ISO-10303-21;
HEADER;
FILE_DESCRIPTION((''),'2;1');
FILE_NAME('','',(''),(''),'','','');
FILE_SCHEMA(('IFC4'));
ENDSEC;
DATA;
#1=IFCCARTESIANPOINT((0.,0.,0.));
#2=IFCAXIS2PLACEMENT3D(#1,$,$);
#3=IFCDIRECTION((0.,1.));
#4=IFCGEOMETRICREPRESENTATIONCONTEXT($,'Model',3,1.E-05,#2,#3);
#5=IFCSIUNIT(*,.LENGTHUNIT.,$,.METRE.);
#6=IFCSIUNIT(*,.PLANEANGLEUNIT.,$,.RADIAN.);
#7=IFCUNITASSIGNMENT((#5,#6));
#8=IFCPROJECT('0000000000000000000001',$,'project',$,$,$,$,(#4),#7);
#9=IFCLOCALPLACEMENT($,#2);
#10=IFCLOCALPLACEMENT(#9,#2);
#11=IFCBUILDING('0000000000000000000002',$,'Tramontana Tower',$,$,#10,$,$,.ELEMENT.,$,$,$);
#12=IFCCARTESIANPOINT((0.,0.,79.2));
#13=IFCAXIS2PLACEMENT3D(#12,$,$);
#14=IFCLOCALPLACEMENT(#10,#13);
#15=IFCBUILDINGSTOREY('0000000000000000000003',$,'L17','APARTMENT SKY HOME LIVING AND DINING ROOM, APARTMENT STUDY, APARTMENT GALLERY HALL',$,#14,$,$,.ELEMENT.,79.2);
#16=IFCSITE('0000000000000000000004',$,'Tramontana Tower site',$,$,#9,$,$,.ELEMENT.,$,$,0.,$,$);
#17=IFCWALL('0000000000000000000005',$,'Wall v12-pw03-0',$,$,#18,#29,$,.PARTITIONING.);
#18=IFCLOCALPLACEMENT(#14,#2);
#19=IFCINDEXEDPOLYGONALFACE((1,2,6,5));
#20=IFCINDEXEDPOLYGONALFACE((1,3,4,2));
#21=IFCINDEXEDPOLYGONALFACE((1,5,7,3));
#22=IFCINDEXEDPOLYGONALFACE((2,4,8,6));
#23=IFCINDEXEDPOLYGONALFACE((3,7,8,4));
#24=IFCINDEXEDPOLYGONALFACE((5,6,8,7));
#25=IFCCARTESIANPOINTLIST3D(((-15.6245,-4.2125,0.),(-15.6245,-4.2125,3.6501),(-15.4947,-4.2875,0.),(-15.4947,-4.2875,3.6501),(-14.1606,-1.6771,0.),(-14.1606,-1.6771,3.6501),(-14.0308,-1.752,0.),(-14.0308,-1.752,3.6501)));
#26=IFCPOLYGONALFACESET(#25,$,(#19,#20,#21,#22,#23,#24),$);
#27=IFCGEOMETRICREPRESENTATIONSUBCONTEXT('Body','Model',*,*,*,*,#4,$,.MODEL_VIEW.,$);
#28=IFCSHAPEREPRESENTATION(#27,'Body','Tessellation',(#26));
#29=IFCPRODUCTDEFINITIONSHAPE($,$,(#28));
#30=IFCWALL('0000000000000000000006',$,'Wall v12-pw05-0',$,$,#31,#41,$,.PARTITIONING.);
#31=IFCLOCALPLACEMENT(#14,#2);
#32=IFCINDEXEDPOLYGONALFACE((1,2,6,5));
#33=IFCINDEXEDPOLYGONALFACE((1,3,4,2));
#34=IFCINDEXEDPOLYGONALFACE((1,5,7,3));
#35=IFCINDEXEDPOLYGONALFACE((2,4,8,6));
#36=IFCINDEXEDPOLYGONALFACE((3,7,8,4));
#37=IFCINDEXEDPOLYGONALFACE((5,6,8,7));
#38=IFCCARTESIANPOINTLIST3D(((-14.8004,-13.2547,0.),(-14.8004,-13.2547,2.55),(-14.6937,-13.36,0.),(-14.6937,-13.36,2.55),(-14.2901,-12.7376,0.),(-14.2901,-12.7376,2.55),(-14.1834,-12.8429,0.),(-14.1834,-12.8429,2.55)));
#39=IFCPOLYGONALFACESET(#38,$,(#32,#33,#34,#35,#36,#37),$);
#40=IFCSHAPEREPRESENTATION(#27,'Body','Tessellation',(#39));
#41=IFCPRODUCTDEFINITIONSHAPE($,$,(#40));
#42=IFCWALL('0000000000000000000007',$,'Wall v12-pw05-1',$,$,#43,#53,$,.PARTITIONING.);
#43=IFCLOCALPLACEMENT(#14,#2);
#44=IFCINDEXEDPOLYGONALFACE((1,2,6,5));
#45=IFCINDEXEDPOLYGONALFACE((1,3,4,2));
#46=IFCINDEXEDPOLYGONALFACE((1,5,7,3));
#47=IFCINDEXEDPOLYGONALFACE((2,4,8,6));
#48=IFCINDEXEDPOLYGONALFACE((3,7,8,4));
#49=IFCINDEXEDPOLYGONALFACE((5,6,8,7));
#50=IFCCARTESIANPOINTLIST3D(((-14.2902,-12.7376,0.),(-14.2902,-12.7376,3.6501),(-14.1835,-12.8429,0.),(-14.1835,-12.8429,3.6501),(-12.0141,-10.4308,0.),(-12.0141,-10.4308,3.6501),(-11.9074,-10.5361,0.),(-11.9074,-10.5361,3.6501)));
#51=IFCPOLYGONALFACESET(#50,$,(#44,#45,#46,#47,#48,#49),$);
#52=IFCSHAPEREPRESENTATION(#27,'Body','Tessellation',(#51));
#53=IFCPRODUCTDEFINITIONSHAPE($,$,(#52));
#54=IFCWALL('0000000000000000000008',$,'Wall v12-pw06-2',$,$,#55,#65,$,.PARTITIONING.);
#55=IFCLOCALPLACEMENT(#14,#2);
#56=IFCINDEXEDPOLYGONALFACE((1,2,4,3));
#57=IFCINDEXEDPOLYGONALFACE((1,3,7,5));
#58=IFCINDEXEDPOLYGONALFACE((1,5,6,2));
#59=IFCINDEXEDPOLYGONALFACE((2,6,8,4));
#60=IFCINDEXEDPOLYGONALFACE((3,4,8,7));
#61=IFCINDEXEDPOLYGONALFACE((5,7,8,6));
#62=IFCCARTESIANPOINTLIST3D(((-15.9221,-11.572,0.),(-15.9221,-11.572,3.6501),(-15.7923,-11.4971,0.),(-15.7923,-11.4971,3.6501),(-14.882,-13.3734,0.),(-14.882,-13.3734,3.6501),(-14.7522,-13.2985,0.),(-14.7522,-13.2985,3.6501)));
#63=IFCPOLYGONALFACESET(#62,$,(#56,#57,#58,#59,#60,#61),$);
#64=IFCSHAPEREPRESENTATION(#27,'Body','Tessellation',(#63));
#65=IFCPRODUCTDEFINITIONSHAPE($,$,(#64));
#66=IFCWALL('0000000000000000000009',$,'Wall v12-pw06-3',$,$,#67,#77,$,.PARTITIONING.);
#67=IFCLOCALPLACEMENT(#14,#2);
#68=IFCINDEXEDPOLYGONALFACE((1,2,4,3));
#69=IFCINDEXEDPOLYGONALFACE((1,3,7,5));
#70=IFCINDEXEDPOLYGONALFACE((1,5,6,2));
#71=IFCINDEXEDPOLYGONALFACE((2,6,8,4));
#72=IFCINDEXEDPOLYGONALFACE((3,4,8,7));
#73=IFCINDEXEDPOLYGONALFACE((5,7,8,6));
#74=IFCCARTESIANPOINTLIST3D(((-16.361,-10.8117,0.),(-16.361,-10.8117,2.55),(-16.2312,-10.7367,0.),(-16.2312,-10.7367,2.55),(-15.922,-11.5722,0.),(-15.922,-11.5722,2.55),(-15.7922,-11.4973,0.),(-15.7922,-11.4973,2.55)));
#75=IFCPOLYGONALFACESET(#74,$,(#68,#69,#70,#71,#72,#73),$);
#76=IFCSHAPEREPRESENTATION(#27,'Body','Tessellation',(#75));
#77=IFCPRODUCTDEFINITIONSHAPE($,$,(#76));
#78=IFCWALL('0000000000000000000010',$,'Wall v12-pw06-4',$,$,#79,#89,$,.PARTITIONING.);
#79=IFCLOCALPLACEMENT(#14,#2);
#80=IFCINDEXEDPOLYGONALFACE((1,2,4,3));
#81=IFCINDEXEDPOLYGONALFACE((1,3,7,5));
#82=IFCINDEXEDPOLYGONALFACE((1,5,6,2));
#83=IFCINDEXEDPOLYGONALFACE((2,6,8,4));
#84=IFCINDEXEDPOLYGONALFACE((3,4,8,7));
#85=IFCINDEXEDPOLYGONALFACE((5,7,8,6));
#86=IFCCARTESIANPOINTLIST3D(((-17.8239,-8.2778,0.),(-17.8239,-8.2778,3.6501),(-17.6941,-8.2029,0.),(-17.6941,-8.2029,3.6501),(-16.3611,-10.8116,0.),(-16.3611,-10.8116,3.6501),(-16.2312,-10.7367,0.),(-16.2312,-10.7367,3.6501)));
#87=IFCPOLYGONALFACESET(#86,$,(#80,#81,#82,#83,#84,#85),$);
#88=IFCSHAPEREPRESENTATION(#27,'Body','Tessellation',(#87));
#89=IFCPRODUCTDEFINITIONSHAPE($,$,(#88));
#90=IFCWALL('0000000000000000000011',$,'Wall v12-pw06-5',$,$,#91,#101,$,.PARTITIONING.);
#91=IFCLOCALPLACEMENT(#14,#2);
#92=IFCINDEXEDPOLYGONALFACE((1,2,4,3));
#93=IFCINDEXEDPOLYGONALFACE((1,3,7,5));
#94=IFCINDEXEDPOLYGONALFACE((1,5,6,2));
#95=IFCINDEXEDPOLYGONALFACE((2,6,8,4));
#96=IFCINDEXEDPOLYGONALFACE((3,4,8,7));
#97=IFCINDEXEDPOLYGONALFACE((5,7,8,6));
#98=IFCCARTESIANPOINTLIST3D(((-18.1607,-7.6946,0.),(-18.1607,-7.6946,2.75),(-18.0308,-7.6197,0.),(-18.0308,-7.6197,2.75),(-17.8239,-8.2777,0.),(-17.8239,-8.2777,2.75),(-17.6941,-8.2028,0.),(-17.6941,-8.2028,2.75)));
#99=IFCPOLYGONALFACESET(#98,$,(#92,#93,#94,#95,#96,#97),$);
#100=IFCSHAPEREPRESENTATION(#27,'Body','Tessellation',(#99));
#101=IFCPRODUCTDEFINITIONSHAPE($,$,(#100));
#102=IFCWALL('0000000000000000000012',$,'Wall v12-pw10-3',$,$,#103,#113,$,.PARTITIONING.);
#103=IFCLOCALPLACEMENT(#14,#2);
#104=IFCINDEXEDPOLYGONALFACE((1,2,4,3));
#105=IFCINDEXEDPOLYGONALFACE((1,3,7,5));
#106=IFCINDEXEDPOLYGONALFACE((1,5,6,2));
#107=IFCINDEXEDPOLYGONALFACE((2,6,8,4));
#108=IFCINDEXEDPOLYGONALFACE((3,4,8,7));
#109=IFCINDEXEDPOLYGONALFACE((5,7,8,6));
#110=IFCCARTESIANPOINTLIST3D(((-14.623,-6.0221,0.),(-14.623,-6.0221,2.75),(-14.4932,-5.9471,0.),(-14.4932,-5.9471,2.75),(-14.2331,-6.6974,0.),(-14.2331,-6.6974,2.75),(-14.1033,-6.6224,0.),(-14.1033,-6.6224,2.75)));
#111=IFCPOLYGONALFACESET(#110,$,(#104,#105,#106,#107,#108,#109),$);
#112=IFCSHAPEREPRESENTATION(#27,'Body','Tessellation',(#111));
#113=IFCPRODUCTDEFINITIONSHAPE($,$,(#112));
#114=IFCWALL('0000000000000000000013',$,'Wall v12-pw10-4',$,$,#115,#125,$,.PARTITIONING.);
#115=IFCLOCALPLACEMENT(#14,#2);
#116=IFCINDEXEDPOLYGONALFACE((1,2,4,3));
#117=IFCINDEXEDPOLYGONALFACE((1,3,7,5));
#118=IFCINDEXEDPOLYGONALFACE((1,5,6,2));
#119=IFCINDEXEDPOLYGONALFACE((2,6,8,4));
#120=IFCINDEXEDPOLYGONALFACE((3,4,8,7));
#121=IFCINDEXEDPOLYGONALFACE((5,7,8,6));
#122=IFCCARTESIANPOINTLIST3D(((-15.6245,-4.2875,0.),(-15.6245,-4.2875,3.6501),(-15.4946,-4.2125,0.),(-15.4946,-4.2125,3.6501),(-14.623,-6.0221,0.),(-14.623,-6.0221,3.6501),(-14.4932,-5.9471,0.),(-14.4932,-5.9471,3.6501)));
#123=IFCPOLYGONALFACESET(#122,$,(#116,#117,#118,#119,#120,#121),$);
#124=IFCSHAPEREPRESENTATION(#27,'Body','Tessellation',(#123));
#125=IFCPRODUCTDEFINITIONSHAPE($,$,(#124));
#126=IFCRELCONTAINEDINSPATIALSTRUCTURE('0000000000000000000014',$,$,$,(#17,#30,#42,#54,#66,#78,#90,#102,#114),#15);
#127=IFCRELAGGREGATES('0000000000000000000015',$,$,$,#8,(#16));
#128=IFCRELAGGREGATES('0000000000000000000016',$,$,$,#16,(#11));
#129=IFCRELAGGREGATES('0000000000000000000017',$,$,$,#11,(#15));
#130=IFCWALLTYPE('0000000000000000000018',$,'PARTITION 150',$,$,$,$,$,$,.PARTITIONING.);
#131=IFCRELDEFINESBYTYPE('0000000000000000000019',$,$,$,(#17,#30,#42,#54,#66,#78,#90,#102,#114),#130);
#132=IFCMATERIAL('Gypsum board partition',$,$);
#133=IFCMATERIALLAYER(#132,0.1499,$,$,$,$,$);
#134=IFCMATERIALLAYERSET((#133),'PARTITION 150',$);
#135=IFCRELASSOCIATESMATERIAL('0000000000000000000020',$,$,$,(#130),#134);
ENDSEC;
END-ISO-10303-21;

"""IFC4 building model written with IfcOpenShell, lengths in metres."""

from ifc_helpers import new_model, si_unit, direction, frame, frame_2d, origin, place, context, subcontext, project, spatial, rectangle, extrude, material, layer, layer_set, type_object, element, save


model = new_model("IFC4")

# Units and contexts
model_context = context("Model", 3, precision=1e-05, world=origin(), true_north=direction((0.0, 1.0)))
body_context = subcontext(model_context, "Body", "Model", "MODEL_VIEW")
ifc_project = project(units=[si_unit("LENGTHUNIT", "METRE"), si_unit("PLANEANGLEUNIT", "RADIAN")], contexts=[model_context])

# Site, building, storey
site_placement = place(None, origin())
site = spatial("IfcSite", under=ifc_project, at=site_placement, Name="Tramontana Tower site", CompositionType="ELEMENT", RefElevation=0.0)
building_placement = place(site_placement, origin())
building = spatial("IfcBuilding", under=site, at=building_placement, Name="Tramontana Tower", CompositionType="ELEMENT")
storey_placement = place(building_placement, frame((0.0, 0.0, 79.2)))
storey = spatial("IfcBuildingStorey", under=building, at=storey_placement, Name="L17", Description="APARTMENT SKY HOME LIVING AND DINING ROOM, APARTMENT STUDY, APARTMENT GALLERY HALL", CompositionType="ELEMENT", Elevation=79.2)

# Walls
ifc_material_1 = material(Name="Gypsum board partition")
ifc_layer_1 = layer(ifc_material_1, 0.1499)
ifc_layer_set_1 = layer_set([ifc_layer_1], Name="PARTITION 150")
wall_type_1 = type_object("IfcWallType", Name="PARTITION 150", PredefinedType="PARTITIONING", material=ifc_layer_set_1)
wall_1_placement = place(storey_placement, frame((-15.5596, -4.25, 0.0), z_axis=(0.0, 0.0, 1.0), x_axis=(0.500014, 0.866018, 0.0)))
element("IfcWall", 1, at=wall_1_placement, inside=storey, type_object=wall_type_1, Name="Wall v12-pw03-0", PredefinedType="PARTITIONING", context=body_context, shape_type="SweptSolid", body=[
    extrude(rectangle(XDim=2.9277, YDim=0.1499, at=frame_2d((1.4639, 0.0))), origin(), (0.0, 0.0, 1.0), 3.6501),
])
wall_2_placement = place(storey_placement, frame((-14.7471, -13.3074, 0.0), z_axis=(0.0, 0.0, 1.0), x_axis=(0.702386, 0.711796, 0.0)))
element("IfcWall", 2, at=wall_2_placement, inside=storey, type_object=wall_type_1, Name="Wall v12-pw05-0", PredefinedType="PARTITIONING", context=body_context, shape_type="SweptSolid", body=[
    extrude(rectangle(XDim=0.7266, YDim=0.1499, at=frame_2d((0.3633, 0.0))), origin(), (0.0, 0.0, 1.0), 2.55),
])
wall_3_placement = place(storey_placement, frame((-14.2368, -12.7903, 0.0), z_axis=(0.0, 0.0, 1.0), x_axis=(0.702345, 0.711837, 0.0)))
element("IfcWall", 3, at=wall_3_placement, inside=storey, type_object=wall_type_1, Name="Wall v12-pw05-1", PredefinedType="PARTITIONING", context=body_context, shape_type="SweptSolid", body=[
    extrude(rectangle(XDim=3.2407, YDim=0.1499, at=frame_2d((1.6204, 0.0))), origin(), (0.0, 0.0, 1.0), 3.6501),
])

# Walls
wall_4_placement = place(storey_placement, frame((-14.8171, -13.3359, 0.0), z_axis=(0.0, 0.0, 1.0), x_axis=(-0.500027, 0.86601, 0.0)))
element("IfcWall", 4, at=wall_4_placement, inside=storey, type_object=wall_type_1, Name="Wall v12-pw06-2", PredefinedType="PARTITIONING", context=body_context, shape_type="SweptSolid", body=[
    extrude(rectangle(XDim=2.0801, YDim=0.1499, at=frame_2d((1.04, 0.0))), origin(), (0.0, 0.0, 1.0), 3.6501),
])
wall_5_placement = place(storey_placement, frame((-15.8572, -11.5347, 0.0), z_axis=(0.0, 0.0, 1.0), x_axis=(-0.499907, 0.866079, 0.0)))
element("IfcWall", 5, at=wall_5_placement, inside=storey, type_object=wall_type_1, Name="Wall v12-pw06-3", PredefinedType="PARTITIONING", context=body_context, shape_type="SweptSolid", body=[
    extrude(rectangle(XDim=0.8782, YDim=0.1499, at=frame_2d((0.439, 0.0))), origin(), (0.0, 0.0, 1.0), 2.55),
])
wall_6_placement = place(storey_placement, frame((-16.2961, -10.7742, 0.0), z_axis=(0.0, 0.0, 1.0), x_axis=(-0.49998, 0.866037, 0.0)))
element("IfcWall", 6, at=wall_6_placement, inside=storey, type_object=wall_type_1, Name="Wall v12-pw06-4", PredefinedType="PARTITIONING", context=body_context, shape_type="SweptSolid", body=[
    extrude(rectangle(XDim=2.9258, YDim=0.1499, at=frame_2d((1.4629, 0.0))), origin(), (0.0, 0.0, 1.0), 3.6501),
])
wall_7_placement = place(storey_placement, frame((-17.759, -8.2402, 0.0), z_axis=(0.0, 0.0, 1.0), x_axis=(-0.500078, 0.86598, 0.0)))
element("IfcWall", 7, at=wall_7_placement, inside=storey, type_object=wall_type_1, Name="Wall v12-pw06-5", PredefinedType="PARTITIONING", context=body_context, shape_type="SweptSolid", body=[
    extrude(rectangle(XDim=0.6733, YDim=0.1499, at=frame_2d((0.3367, 0.0))), origin(), (0.0, 0.0, 1.0), 2.75),
])
wall_8_placement = place(storey_placement, frame((-14.1682, -6.6599, 0.0), z_axis=(0.0, 0.0, 1.0), x_axis=(-0.500012, 0.866019, 0.0)))
element("IfcWall", 8, at=wall_8_placement, inside=storey, type_object=wall_type_1, Name="Wall v12-pw10-3", PredefinedType="PARTITIONING", context=body_context, shape_type="SweptSolid", body=[
    extrude(rectangle(XDim=0.7798, YDim=0.1499, at=frame_2d((0.3899, 0.0))), origin(), (0.0, 0.0, 1.0), 2.75),
])
wall_9_placement = place(storey_placement, frame((-14.5581, -5.9846, 0.0), z_axis=(0.0, 0.0, 1.0), x_axis=(-0.499993, 0.866029, 0.0)))
element("IfcWall", 9, at=wall_9_placement, inside=storey, type_object=wall_type_1, Name="Wall v12-pw10-4", PredefinedType="PARTITIONING", context=body_context, shape_type="SweptSolid", body=[
    extrude(rectangle(XDim=2.0029, YDim=0.1499, at=frame_2d((1.0015, 0.0))), origin(), (0.0, 0.0, 1.0), 3.6501),
])

save(model, "model.ifc")
